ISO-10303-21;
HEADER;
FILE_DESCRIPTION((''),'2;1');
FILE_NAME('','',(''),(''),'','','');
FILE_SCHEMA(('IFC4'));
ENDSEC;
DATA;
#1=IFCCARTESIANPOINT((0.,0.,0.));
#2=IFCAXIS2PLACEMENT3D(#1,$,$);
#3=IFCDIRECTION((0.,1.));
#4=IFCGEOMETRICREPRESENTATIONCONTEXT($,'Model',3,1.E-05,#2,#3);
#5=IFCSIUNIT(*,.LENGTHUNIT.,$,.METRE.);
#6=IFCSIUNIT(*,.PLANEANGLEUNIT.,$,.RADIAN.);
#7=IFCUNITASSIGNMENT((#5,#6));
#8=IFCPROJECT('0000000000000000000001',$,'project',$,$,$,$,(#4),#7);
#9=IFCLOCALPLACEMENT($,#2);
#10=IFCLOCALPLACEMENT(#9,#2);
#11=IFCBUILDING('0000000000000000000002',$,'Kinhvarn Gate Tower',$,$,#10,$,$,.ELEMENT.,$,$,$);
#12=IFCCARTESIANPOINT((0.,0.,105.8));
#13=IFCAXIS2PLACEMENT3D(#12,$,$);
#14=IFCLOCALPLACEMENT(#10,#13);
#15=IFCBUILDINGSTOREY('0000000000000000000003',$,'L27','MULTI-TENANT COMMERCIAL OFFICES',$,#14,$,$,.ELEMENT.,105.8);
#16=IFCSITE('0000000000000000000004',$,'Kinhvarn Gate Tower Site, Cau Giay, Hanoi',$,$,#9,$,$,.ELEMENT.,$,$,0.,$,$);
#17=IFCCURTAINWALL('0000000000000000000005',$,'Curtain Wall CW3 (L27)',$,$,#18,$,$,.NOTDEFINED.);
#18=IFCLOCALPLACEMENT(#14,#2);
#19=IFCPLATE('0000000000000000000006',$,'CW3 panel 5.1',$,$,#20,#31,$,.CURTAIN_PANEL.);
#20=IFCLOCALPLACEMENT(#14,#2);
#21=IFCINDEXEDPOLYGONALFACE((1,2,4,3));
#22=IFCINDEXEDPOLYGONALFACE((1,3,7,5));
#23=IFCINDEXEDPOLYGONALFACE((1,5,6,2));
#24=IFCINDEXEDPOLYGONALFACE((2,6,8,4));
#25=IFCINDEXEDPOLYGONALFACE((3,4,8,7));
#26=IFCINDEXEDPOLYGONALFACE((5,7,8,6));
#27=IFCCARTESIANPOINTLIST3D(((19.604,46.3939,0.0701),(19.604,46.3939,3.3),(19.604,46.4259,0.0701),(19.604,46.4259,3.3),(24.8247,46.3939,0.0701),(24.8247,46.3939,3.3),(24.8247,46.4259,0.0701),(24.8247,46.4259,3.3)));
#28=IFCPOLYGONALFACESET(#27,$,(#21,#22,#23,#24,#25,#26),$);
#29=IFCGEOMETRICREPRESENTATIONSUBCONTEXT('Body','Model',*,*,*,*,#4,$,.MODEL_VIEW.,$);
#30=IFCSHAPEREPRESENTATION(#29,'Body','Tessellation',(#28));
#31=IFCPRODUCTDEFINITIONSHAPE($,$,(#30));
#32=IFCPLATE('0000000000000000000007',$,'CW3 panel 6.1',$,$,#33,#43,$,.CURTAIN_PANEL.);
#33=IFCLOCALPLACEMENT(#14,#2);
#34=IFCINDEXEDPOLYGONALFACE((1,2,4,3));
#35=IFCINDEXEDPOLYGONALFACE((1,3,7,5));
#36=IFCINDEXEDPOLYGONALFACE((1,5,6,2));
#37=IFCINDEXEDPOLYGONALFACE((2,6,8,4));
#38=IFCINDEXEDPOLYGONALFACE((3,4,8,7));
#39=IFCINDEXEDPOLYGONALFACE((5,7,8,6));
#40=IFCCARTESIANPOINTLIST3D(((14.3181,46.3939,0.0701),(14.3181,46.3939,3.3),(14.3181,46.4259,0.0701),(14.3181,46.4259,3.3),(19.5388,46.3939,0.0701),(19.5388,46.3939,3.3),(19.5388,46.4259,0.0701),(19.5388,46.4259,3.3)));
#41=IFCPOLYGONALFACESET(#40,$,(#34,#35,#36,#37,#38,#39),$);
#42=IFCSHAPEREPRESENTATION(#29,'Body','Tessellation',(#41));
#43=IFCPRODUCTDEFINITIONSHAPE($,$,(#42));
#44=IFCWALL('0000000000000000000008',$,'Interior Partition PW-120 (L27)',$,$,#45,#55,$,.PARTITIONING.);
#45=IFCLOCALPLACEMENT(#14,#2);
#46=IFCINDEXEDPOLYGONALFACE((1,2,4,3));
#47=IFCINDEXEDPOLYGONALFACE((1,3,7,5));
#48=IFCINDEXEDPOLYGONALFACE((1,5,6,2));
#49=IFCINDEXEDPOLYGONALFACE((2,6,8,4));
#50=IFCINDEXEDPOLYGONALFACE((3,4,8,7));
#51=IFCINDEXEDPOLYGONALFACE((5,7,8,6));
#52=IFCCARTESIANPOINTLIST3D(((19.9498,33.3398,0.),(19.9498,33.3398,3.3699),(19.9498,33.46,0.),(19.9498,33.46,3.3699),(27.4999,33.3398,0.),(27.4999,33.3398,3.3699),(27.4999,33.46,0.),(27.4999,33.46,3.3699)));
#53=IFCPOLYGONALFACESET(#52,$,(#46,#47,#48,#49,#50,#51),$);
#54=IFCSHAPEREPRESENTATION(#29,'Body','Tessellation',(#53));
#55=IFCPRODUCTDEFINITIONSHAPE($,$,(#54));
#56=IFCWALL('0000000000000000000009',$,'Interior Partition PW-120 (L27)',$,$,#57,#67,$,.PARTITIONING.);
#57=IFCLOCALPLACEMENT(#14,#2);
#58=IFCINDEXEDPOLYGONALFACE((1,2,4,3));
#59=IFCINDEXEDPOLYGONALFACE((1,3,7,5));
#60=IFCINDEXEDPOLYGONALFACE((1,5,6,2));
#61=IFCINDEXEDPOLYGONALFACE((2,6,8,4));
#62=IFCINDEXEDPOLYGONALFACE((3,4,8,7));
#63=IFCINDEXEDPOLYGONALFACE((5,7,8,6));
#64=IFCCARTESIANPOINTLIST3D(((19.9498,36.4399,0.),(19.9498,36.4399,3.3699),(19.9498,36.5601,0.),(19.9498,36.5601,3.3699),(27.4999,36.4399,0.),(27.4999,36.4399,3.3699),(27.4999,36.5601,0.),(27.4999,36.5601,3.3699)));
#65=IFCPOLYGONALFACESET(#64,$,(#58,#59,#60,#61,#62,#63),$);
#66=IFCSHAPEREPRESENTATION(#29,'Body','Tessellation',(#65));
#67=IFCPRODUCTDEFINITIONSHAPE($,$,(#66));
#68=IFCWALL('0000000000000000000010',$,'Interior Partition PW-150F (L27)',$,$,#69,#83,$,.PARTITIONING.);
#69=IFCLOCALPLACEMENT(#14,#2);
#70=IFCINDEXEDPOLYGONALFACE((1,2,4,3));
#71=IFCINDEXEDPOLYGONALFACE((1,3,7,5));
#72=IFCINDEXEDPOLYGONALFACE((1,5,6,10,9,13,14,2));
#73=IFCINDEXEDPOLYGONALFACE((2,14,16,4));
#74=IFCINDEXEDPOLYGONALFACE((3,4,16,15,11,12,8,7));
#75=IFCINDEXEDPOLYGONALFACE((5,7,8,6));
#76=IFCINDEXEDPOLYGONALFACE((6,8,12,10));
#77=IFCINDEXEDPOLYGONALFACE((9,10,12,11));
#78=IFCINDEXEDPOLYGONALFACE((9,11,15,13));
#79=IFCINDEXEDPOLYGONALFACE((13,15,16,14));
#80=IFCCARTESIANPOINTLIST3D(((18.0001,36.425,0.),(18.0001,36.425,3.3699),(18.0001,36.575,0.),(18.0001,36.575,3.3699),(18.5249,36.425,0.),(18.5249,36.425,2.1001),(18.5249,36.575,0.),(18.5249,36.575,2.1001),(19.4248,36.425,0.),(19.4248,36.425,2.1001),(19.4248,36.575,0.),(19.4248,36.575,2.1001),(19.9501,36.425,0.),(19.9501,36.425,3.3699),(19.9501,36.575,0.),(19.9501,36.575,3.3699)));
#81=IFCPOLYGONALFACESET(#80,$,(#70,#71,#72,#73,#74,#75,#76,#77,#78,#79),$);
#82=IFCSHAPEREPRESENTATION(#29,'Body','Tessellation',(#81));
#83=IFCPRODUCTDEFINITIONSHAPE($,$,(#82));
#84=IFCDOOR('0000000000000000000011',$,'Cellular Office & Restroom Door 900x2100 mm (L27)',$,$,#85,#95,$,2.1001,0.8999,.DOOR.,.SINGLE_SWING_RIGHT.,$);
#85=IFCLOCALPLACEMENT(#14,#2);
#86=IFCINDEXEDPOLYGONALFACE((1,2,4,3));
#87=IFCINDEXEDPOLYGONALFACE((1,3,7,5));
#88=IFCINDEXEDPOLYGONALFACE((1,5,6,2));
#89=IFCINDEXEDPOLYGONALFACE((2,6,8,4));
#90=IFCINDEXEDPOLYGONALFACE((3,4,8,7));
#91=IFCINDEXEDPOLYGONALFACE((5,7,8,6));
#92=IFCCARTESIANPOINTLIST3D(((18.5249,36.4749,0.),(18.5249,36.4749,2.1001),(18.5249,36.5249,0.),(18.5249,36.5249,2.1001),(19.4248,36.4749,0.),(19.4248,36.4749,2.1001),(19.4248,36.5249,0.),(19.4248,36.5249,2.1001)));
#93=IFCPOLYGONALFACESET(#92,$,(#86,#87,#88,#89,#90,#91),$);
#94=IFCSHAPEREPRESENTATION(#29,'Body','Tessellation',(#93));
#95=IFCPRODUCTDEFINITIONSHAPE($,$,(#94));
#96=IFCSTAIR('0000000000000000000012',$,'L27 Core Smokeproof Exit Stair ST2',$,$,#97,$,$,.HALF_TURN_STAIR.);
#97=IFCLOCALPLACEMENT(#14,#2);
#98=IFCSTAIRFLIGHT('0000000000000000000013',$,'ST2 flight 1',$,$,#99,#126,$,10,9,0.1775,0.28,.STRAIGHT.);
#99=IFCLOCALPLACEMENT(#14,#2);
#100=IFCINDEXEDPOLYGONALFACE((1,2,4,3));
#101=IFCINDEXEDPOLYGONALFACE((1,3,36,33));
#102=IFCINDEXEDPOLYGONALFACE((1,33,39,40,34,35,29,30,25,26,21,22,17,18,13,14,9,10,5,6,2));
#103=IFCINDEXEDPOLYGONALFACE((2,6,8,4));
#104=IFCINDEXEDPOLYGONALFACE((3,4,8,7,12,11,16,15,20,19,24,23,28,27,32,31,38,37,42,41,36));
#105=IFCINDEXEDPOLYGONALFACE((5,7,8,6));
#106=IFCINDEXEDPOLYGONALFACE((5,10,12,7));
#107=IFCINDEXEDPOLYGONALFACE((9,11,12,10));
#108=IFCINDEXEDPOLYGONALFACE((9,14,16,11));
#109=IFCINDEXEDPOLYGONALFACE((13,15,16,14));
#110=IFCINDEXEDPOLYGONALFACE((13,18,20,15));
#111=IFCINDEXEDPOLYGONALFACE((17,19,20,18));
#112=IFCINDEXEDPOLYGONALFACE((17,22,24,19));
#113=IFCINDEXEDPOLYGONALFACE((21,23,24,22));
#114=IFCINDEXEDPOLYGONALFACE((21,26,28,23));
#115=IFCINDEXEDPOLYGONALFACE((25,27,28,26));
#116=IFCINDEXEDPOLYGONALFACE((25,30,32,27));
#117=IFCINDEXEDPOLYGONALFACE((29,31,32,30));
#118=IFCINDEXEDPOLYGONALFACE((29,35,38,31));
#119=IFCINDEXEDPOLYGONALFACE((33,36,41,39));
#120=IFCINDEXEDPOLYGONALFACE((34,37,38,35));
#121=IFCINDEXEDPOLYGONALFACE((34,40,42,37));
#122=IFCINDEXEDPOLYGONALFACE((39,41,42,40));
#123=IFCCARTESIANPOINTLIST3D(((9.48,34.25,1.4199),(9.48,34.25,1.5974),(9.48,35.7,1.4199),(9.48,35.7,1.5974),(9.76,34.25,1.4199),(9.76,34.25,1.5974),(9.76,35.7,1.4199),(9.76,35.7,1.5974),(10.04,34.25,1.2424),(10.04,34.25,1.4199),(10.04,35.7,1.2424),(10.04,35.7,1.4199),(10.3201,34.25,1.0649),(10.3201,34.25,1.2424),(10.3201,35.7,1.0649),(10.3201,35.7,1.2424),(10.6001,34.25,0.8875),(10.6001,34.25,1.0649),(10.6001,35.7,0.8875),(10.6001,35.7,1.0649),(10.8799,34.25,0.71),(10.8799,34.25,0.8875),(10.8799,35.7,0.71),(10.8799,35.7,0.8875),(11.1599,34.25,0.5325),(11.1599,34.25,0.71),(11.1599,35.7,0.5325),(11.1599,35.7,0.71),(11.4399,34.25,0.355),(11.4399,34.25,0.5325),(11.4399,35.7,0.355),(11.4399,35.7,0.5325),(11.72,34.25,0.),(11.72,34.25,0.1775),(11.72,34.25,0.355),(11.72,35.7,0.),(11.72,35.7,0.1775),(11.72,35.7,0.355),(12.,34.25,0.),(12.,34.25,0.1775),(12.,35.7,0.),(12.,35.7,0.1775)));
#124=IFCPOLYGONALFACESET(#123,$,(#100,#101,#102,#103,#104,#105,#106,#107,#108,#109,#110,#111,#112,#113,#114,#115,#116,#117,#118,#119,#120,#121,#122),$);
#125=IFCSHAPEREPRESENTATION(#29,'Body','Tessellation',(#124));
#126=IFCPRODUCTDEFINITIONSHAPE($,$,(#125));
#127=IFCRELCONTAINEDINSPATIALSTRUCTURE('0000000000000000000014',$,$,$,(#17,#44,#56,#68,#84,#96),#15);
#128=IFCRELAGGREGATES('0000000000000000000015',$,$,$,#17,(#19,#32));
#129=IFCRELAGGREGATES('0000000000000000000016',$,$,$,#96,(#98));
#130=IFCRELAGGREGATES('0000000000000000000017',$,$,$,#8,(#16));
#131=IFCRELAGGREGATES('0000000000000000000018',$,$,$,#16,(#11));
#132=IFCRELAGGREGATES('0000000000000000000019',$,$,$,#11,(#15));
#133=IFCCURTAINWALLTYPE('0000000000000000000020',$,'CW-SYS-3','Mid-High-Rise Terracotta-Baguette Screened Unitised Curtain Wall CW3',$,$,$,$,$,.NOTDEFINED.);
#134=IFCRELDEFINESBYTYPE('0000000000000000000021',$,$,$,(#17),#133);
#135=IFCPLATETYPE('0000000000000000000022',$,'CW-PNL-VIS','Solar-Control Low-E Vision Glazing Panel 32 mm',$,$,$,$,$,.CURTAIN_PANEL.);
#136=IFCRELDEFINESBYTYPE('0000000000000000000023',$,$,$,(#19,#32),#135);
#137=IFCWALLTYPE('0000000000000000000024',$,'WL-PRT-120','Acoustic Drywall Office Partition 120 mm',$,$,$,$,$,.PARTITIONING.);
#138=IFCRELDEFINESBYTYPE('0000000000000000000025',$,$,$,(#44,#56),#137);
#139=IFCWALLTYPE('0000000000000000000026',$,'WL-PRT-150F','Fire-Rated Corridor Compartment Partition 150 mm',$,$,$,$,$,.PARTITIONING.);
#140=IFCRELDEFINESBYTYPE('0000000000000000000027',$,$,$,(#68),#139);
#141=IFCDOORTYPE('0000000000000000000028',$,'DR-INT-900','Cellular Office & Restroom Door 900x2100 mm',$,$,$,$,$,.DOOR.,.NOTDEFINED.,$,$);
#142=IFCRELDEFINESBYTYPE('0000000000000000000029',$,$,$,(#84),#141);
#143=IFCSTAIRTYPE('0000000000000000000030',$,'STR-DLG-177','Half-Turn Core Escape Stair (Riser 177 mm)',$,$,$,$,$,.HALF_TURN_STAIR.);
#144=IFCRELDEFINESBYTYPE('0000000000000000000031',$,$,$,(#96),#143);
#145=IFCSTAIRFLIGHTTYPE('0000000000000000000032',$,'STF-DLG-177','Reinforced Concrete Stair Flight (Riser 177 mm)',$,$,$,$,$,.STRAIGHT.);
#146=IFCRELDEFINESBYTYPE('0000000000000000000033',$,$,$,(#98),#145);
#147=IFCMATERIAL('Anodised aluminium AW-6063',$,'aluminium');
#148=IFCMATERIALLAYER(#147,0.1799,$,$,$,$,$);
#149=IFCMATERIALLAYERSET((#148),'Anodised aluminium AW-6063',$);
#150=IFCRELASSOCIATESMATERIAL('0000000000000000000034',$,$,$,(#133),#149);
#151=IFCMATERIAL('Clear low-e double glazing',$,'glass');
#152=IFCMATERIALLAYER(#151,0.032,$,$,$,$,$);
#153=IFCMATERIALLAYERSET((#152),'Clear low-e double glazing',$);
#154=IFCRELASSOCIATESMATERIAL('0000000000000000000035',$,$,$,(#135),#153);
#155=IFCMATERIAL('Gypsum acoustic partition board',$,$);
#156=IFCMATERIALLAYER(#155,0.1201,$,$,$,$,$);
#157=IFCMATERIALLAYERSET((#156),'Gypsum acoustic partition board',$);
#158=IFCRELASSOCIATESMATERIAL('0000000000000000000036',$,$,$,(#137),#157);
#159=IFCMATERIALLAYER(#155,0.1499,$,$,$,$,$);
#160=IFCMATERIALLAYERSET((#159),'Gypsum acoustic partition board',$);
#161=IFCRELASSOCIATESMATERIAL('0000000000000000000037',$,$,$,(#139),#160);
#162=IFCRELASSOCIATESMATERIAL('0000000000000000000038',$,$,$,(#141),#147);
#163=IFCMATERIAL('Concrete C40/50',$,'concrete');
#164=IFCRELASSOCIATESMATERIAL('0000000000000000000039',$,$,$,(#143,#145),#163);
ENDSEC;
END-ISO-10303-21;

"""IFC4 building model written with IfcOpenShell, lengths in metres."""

from ifc_helpers import new_model, si_unit, direction, frame, frame_2d, origin, origin_2d, place, context, subcontext, project, spatial, polyline, rectangle, outline, extrude, material, layer, layer_set, type_object, element, fill, aggregate, save


model = new_model("IFC4")

# Units and contexts
model_context = context("Model", 3, precision=1e-05, world=origin(), true_north=direction((0.0, 1.0)))
body_context = subcontext(model_context, "Body", "Model", "MODEL_VIEW")
ifc_project = project(units=[si_unit("LENGTHUNIT", "METRE"), si_unit("PLANEANGLEUNIT", "RADIAN")], contexts=[model_context])

# Site, building, storey
site_placement = place(None, origin())
site = spatial("IfcSite", under=ifc_project, at=site_placement, Name="Kinhvarn Gate Tower Site, Cau Giay, Hanoi", CompositionType="ELEMENT", RefElevation=0.0)
building_placement = place(site_placement, origin())
building = spatial("IfcBuilding", under=site, at=building_placement, Name="Kinhvarn Gate Tower", CompositionType="ELEMENT")
storey_placement = place(building_placement, frame((0.0, 0.0, 105.8)))
storey = spatial("IfcBuildingStorey", under=building, at=storey_placement, Name="L27", Description="MULTI-TENANT COMMERCIAL OFFICES", CompositionType="ELEMENT", Elevation=105.8)

# Curtain wall
ifc_material_1 = material(Name="Anodised aluminium AW-6063", Category="aluminium")
ifc_layer_1 = layer(ifc_material_1, 0.1799)
ifc_layer_set_1 = layer_set([ifc_layer_1], Name="Anodised aluminium AW-6063")
curtain_wall_type = type_object("IfcCurtainWallType", Name="CW-SYS-3", Description="Mid-High-Rise Terracotta-Baguette Screened Unitised Curtain Wall CW3", PredefinedType="NOTDEFINED", material=ifc_layer_set_1)
curtain_wall_placement = place(storey_placement, origin())
curtain_wall = element("IfcCurtainWall", 1, at=curtain_wall_placement, inside=storey, type_object=curtain_wall_type, Name="Curtain Wall CW3 (L27)", PredefinedType="NOTDEFINED")

# Plates
ifc_material_2 = material(Name="Clear low-e double glazing", Category="glass")
ifc_layer_2 = layer(ifc_material_2, 0.032)
ifc_layer_set_2 = layer_set([ifc_layer_2], Name="Clear low-e double glazing")
plate_type = type_object("IfcPlateType", Name="CW-PNL-VIS", Description="Solar-Control Low-E Vision Glazing Panel 32 mm", PredefinedType="CURTAIN_PANEL", material=ifc_layer_set_2)
plate_1_placement = place(storey_placement, frame((22.2144, 46.4099, 0.0701), z_axis=(0.0, 0.0, 1.0), x_axis=(-1.0, 0.0, 0.0)))
plate_1 = element("IfcPlate", 2, at=plate_1_placement, type_object=plate_type, Name="CW3 panel 5.1", PredefinedType="CURTAIN_PANEL", context=body_context, shape_type="SweptSolid", body=[
    extrude(rectangle(XDim=5.2207, YDim=0.032, at=origin_2d()), origin(), (0.0, 0.0, 1.0), 3.23),
])
plate_2_placement = place(storey_placement, frame((16.9285, 46.4099, 0.0701), z_axis=(0.0, 0.0, 1.0), x_axis=(-1.0, 0.0, 0.0)))
plate_2 = element("IfcPlate", 3, at=plate_2_placement, type_object=plate_type, Name="CW3 panel 6.1", PredefinedType="CURTAIN_PANEL", context=body_context, shape_type="SweptSolid", body=[
    extrude(rectangle(XDim=5.2207, YDim=0.032, at=origin_2d()), origin(), (0.0, 0.0, 1.0), 3.23),
])
aggregate(curtain_wall, [plate_1, plate_2])

# Walls
ifc_material_3 = material(Name="Gypsum acoustic partition board")
ifc_layer_3 = layer(ifc_material_3, 0.1201)
ifc_layer_set_3 = layer_set([ifc_layer_3], Name="Gypsum acoustic partition board")
wall_type_1 = type_object("IfcWallType", Name="WL-PRT-120", Description="Acoustic Drywall Office Partition 120 mm", PredefinedType="PARTITIONING", material=ifc_layer_set_3)
for number, where, z_axis, x_axis, name in (
    (4, (19.95, 33.3999, 0.0), (0.0, 0.0, 1.0), (1.0, 0.0, 0.0), "Interior Partition PW-120 (L27)"),
    (5, (19.95, 36.5, 0.0), (0.0, 0.0, 1.0), (1.0, 0.0, 0.0), "Interior Partition PW-120 (L27)"),
):
    element("IfcWall", number, at=place(storey_placement, frame(where, z_axis=z_axis, x_axis=x_axis)), inside=storey, type_object=wall_type_1, Name=name, PredefinedType="PARTITIONING", context=body_context, shape_type="SweptSolid", body=[
        extrude(rectangle(XDim=7.55, YDim=0.1201, at=frame_2d((3.7749, 0.0))), origin(), (0.0, 0.0, 1.0), 3.3699),
    ])

# Wall, opening, door
ifc_layer_4 = layer(ifc_material_3, 0.1499)
ifc_layer_set_4 = layer_set([ifc_layer_4], Name="Gypsum acoustic partition board")
wall_type_2 = type_object("IfcWallType", Name="WL-PRT-150F", Description="Fire-Rated Corridor Compartment Partition 150 mm", PredefinedType="PARTITIONING", material=ifc_layer_set_4)
wall_1_placement = place(storey_placement, frame((18.0, 36.5, 0.0), z_axis=(0.0, 0.0, 1.0), x_axis=(1.0, 0.0, 0.0)))
wall_1 = element("IfcWall", 6, at=wall_1_placement, inside=storey, type_object=wall_type_2, Name="Interior Partition PW-150F (L27)", PredefinedType="PARTITIONING", context=body_context, shape_type="SweptSolid", body=[
    extrude(rectangle(XDim=1.95, YDim=0.1499, at=frame_2d((0.9751, 0.0))), origin(), (0.0, 0.0, 1.0), 3.3699),
])
opening_1_placement = place(wall_1_placement, frame((0.5249, 0.0, 0.0)))
opening_1 = element("IfcOpeningElement", 7, at=opening_1_placement, cuts=wall_1, PredefinedType="OPENING", context=body_context, shape_type="SweptSolid", body=[
    extrude(rectangle(XDim=0.8999, YDim=2.1001, at=frame_2d((0.45, 1.05))), frame((0.0, 0.085, 0.0), z_axis=(0.0, -1.0, 0.0), x_axis=(1.0, 0.0, 0.0)), (0.0, 0.0, 1.0), 0.1699),
])
door_type_1 = type_object("IfcDoorType", Name="DR-INT-900", Description="Cellular Office & Restroom Door 900x2100 mm", OperationType="NOTDEFINED", PredefinedType="DOOR", material=ifc_material_1)
door_1_placement = place(opening_1_placement, origin())
door_1 = element("IfcDoor", 8, at=door_1_placement, inside=storey, type_object=door_type_1, Name="Cellular Office & Restroom Door 900x2100 mm (L27)", OperationType="SINGLE_SWING_RIGHT", OverallHeight=2.1001, OverallWidth=0.8999, PredefinedType="DOOR", context=body_context, shape_type="SweptSolid", body=[
    extrude(rectangle(XDim=0.8999, YDim=2.1001, at=frame_2d((0.45, 1.05))), frame((0.0, 0.0249, 0.0), z_axis=(0.0, -1.0, 0.0), x_axis=(1.0, 0.0, 0.0)), (0.0, 0.0, 1.0), 0.05),
])
fill(opening_1, door_1)
ifc_material_4 = material(Name="Concrete C40/50", Category="concrete")

# Stair, stair flight
stair_type = type_object("IfcStairType", Name="STR-DLG-177", Description="Half-Turn Core Escape Stair (Riser 177 mm)", PredefinedType="HALF_TURN_STAIR", material=ifc_material_4)
stair_placement = place(storey_placement, origin())
stair = element("IfcStair", 9, at=stair_placement, inside=storey, type_object=stair_type, Name="L27 Core Smokeproof Exit Stair ST2", PredefinedType="HALF_TURN_STAIR")
stair_flight_type = type_object("IfcStairFlightType", Name="STF-DLG-177", Description="Reinforced Concrete Stair Flight (Riser 177 mm)", PredefinedType="STRAIGHT", material=ifc_material_4)
stair_flight_placement = place(storey_placement, frame((12.0, 34.9751, 0.0), z_axis=(0.0, 0.0, 1.0), x_axis=(-1.0, 0.0, 0.0)))
stair_flight = element("IfcStairFlight", 10, at=stair_flight_placement, type_object=stair_flight_type, Name="ST2 flight 1", NumberOfRisers=10, NumberOfTreads=9, PredefinedType="STRAIGHT", RiserHeight=0.1775, TreadLength=0.28, context=body_context, shape_type="SweptSolid", body=[
    extrude(outline(polyline([(0.0, 0.0), (0.0, 0.1775), (0.28, 0.1775), (0.28, 0.355), (0.5601, 0.355), (0.5601, 0.5325), (0.8401, 0.5325), (0.8401, 0.71), (1.1201, 0.71), (1.1201, 0.8875), (1.3999, 0.8875), (1.3999, 1.0649), (1.6799, 1.0649), (1.6799, 1.2424), (1.96, 1.2424), (1.96, 1.4199), (2.24, 1.4199), (2.24, 1.5974), (2.52, 1.5974), (2.52, 1.7749), (2.52, 1.4199), (0.28, 0.0), (0.0, 0.0)])), frame((0.0, 0.7251, 0.0), z_axis=(0.0, -1.0, 0.0), x_axis=(1.0, 0.0, 0.0)), (0.0, 0.0, 1.0), 1.45),
])
aggregate(stair, [stair_flight])

save(model, "model.ifc")
